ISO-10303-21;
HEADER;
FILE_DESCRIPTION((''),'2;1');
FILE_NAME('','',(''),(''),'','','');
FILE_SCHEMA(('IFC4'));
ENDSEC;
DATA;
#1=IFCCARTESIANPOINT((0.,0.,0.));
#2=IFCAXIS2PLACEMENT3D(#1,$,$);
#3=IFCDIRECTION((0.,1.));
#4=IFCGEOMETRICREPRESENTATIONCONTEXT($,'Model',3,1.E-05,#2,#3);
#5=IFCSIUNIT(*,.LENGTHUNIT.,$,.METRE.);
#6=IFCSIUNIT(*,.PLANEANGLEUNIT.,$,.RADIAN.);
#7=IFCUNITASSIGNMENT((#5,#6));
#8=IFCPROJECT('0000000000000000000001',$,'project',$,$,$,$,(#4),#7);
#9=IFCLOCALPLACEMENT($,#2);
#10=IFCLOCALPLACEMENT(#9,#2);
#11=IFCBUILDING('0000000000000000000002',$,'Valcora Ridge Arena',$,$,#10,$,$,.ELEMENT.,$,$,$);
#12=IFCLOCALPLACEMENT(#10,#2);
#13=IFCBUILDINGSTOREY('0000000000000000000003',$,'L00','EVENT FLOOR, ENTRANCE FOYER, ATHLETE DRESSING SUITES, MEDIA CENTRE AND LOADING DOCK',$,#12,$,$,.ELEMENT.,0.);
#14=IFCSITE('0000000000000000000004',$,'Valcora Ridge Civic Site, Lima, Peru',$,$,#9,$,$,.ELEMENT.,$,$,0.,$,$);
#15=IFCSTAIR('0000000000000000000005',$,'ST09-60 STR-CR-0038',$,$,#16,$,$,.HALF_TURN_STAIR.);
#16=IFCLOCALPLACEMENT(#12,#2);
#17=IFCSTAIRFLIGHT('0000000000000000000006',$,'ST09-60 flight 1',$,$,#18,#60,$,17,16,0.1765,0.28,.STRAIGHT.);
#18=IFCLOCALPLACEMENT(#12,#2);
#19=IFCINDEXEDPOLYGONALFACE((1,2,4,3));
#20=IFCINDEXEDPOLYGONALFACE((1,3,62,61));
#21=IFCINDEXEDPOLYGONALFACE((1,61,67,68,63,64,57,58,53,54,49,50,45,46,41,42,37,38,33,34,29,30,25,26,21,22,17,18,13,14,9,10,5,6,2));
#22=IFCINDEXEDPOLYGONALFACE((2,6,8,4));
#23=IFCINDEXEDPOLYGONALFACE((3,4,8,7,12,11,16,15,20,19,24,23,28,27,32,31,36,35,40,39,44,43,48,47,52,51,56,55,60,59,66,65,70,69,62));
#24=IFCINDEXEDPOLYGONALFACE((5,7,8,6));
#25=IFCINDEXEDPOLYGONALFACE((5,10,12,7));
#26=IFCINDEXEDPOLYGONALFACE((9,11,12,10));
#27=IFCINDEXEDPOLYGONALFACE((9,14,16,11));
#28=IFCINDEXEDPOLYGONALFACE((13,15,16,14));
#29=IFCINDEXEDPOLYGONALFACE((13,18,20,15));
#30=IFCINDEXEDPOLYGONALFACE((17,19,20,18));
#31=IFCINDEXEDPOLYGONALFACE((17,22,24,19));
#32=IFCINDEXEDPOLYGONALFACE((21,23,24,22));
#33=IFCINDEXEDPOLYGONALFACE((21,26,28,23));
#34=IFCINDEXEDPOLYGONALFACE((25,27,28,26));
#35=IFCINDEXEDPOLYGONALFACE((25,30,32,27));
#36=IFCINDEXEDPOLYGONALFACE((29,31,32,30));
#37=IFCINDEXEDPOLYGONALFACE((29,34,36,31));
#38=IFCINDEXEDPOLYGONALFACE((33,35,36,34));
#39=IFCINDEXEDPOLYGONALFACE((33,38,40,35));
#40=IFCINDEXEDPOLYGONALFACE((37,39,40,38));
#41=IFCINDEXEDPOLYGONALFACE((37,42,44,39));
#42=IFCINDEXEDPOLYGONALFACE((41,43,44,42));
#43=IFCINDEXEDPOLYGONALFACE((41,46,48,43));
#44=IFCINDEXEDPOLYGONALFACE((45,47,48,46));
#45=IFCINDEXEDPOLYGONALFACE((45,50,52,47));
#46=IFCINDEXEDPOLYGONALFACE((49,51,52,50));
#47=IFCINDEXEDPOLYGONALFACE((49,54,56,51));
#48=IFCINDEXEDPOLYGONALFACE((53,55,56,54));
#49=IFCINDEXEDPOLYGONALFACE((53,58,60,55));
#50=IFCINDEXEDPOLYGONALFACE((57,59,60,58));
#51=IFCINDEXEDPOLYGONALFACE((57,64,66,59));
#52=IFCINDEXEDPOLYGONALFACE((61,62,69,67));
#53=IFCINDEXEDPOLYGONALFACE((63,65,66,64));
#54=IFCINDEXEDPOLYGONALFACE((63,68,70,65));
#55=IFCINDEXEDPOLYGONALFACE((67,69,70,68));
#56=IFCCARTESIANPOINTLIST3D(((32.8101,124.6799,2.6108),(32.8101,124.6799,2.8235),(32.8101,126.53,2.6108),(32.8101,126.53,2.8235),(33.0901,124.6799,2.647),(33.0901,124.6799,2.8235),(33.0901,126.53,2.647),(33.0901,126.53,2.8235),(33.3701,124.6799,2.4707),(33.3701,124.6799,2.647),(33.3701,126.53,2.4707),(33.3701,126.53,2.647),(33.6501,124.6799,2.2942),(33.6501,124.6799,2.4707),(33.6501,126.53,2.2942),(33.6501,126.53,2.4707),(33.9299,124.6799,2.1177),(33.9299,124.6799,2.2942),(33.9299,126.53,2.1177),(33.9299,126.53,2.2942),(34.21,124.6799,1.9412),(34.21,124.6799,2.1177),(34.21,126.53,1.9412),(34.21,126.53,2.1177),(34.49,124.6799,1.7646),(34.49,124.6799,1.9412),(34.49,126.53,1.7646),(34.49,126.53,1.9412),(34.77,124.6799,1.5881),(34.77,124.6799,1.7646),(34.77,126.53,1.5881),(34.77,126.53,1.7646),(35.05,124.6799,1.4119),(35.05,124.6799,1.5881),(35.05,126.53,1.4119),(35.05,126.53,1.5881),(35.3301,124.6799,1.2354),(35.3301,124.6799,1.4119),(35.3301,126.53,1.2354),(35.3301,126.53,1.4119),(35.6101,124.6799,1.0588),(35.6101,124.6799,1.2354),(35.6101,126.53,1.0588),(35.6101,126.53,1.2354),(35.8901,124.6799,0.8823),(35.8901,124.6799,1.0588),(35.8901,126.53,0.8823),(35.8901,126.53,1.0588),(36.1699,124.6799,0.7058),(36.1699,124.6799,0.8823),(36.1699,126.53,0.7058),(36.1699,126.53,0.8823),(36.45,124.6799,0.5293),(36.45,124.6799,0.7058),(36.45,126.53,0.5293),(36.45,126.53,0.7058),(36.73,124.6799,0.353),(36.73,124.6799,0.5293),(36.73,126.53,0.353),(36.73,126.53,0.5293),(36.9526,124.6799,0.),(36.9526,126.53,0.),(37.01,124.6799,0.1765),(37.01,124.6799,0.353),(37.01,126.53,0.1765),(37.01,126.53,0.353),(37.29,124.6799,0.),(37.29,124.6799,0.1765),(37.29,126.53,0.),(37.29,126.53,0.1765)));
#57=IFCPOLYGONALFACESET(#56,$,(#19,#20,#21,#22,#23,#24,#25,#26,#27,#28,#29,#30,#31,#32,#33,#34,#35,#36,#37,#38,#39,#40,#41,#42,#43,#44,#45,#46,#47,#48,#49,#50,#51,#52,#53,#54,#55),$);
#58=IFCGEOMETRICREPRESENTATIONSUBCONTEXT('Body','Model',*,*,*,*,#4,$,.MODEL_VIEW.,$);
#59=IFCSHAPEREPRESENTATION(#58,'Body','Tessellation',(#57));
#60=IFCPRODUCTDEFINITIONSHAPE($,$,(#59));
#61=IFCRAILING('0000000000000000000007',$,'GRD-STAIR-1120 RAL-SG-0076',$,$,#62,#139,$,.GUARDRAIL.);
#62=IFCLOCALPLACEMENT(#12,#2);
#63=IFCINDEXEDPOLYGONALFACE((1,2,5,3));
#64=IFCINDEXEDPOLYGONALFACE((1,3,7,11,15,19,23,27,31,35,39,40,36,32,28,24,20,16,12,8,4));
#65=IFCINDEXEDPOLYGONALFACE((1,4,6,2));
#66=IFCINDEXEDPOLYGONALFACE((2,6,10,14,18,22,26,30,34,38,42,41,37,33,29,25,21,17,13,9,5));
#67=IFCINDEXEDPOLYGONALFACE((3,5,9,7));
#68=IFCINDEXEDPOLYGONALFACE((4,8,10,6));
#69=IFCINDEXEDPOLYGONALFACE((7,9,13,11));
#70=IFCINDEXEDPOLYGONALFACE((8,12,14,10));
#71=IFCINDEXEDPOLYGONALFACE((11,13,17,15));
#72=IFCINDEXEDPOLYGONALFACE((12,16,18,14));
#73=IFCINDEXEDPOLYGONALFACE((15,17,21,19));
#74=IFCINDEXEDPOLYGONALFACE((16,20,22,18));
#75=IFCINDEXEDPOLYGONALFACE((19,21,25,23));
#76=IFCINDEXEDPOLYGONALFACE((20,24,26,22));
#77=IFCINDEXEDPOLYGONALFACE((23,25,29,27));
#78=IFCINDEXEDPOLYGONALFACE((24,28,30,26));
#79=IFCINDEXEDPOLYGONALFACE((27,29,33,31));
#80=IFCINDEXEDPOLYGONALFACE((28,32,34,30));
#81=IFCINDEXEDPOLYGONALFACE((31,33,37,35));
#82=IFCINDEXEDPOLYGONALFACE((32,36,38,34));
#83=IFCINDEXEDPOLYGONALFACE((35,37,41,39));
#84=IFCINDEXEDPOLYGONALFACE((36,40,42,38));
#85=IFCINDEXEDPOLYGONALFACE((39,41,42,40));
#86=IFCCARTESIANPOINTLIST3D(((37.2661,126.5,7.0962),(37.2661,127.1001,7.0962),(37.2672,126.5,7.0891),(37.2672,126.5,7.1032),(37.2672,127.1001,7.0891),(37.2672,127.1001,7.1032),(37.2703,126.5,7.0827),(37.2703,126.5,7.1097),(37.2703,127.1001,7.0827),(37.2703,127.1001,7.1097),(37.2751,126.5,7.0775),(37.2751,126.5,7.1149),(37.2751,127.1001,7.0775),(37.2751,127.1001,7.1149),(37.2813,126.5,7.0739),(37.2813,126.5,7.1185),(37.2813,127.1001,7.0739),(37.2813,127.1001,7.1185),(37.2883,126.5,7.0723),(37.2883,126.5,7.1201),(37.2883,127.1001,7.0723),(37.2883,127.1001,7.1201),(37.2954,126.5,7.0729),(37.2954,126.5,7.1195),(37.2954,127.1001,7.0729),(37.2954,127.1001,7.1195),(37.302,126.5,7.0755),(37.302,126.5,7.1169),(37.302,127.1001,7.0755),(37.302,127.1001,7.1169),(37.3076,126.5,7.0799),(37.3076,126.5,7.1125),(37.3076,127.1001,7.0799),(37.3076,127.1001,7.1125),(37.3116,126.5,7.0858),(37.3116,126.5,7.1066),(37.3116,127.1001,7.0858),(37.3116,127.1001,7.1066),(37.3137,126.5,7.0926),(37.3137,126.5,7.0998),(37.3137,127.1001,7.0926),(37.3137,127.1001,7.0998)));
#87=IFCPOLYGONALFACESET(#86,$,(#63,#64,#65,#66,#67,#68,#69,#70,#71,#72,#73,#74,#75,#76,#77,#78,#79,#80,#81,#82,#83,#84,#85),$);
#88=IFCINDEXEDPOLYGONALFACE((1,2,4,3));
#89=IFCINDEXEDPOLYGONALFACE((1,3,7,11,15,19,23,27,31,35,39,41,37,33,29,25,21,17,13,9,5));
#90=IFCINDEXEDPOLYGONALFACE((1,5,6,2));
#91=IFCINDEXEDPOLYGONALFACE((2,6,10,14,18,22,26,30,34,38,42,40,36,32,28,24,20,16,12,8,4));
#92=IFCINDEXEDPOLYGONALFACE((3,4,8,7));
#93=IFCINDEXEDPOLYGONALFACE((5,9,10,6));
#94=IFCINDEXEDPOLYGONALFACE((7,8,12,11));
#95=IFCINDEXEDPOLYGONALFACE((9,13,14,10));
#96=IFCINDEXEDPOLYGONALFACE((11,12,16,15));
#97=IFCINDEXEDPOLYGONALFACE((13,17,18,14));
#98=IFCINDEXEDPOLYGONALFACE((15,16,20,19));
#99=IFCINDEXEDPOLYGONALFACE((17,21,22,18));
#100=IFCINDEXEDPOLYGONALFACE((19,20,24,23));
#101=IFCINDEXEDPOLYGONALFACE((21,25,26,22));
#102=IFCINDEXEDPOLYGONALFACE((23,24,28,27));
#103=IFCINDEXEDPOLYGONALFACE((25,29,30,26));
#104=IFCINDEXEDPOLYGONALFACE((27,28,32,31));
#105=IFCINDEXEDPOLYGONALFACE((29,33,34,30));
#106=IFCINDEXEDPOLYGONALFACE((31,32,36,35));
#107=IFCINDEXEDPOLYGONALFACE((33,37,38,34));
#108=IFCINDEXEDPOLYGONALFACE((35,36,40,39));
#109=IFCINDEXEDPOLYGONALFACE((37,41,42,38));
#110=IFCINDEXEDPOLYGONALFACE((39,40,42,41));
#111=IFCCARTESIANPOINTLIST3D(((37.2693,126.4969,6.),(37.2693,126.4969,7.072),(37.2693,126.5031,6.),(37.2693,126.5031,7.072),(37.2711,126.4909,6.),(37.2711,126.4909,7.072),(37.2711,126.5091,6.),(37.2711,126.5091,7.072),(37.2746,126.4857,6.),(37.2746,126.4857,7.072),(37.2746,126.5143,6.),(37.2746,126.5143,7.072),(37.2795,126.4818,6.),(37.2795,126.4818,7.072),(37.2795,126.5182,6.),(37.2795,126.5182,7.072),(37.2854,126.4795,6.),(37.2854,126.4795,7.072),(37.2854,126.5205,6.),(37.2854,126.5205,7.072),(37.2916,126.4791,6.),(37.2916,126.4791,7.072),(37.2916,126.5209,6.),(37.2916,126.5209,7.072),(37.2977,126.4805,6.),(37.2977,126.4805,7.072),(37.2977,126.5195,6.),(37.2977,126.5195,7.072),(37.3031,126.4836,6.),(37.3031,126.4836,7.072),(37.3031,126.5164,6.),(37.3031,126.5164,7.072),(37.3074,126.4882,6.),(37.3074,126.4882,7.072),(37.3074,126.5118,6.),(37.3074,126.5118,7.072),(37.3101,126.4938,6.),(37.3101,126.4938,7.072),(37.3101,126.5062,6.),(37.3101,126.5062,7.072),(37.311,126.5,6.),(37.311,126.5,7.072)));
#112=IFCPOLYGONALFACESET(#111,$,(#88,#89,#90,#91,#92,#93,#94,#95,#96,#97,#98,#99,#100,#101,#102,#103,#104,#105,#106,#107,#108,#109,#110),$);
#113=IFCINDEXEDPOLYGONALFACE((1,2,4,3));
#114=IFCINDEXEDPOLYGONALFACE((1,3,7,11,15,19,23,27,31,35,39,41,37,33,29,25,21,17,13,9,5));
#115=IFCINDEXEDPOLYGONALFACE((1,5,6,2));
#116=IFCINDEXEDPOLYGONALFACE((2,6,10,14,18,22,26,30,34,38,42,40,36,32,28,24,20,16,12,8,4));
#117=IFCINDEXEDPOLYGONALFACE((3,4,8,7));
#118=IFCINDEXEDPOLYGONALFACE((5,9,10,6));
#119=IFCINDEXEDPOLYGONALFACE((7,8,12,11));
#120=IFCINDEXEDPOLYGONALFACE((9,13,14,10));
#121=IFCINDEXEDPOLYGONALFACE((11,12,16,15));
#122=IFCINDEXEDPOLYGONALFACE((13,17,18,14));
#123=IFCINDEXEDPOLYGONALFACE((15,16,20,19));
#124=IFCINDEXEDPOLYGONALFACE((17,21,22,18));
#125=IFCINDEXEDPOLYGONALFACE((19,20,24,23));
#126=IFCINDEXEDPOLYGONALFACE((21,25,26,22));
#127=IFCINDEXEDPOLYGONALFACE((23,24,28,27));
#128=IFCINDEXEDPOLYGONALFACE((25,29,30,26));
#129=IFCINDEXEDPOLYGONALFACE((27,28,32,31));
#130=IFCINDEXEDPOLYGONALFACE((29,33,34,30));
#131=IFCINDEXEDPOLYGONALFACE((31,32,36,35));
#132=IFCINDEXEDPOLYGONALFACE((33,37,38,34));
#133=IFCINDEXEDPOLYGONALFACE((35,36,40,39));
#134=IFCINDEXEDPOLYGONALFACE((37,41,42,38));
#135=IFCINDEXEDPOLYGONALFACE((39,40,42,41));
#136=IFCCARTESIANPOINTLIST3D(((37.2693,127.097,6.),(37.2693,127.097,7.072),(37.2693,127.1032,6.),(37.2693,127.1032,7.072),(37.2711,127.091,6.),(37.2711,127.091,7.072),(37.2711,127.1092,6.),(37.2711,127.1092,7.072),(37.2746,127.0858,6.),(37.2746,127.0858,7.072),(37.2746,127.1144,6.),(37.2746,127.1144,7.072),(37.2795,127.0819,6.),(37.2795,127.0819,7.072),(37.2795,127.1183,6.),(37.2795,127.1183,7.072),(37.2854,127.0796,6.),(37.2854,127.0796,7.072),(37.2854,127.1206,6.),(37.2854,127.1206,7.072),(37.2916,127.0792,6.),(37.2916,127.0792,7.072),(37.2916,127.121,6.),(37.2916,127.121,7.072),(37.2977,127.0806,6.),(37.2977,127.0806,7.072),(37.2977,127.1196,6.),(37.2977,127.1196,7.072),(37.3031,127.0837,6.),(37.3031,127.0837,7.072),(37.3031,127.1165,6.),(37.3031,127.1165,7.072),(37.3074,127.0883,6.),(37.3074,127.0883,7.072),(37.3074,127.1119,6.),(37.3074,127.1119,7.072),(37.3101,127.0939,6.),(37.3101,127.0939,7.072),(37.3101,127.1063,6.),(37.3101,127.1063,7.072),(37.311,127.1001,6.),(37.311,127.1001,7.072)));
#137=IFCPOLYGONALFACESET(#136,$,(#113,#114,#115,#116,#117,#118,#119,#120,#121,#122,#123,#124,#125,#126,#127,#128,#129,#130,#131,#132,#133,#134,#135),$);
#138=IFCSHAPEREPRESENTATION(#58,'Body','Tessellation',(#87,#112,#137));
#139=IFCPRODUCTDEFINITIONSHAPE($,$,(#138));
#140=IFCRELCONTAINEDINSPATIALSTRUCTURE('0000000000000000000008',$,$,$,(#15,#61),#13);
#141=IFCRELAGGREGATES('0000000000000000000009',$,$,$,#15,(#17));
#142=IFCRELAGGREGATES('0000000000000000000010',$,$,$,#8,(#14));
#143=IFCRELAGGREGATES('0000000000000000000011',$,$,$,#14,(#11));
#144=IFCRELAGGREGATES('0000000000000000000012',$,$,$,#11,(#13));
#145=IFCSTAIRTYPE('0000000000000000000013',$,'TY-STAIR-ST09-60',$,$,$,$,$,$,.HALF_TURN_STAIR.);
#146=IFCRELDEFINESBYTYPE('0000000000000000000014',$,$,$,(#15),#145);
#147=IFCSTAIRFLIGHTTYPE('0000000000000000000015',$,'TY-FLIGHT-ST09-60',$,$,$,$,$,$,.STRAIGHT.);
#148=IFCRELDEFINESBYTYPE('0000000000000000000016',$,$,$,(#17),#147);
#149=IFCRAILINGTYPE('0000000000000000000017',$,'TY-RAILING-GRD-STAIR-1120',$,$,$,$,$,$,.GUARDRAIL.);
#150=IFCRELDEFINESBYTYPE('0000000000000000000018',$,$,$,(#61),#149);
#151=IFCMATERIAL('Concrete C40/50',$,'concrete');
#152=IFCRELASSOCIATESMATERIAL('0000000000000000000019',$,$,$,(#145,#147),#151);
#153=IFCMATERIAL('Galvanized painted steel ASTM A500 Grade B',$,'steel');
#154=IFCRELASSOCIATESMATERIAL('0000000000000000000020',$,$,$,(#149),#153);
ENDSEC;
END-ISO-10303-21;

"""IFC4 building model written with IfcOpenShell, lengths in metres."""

from ifc_helpers import new_model, si_unit, direction, frame, origin, origin_2d, place, context, subcontext, project, spatial, polyline, circle, outline, extrude, material, type_object, element, aggregate, save


model = new_model("IFC4")

# Units and contexts
model_context = context("Model", 3, precision=1e-05, world=origin(), true_north=direction((0.0, 1.0)))
body_context = subcontext(model_context, "Body", "Model", "MODEL_VIEW")
ifc_project = project(units=[si_unit("LENGTHUNIT", "METRE"), si_unit("PLANEANGLEUNIT", "RADIAN")], contexts=[model_context])

# Site, building, storey
site_placement = place(None, origin())
site = spatial("IfcSite", under=ifc_project, at=site_placement, Name="Valcora Ridge Civic Site, Lima, Peru", CompositionType="ELEMENT", RefElevation=0.0)
building_placement = place(site_placement, origin())
building = spatial("IfcBuilding", under=site, at=building_placement, Name="Valcora Ridge Arena", CompositionType="ELEMENT")
storey_placement = place(building_placement, origin())
storey = spatial("IfcBuildingStorey", under=building, at=storey_placement, Name="L00", Description="EVENT FLOOR, ENTRANCE FOYER, ATHLETE DRESSING SUITES, MEDIA CENTRE AND LOADING DOCK", CompositionType="ELEMENT", Elevation=0.0)

# Shared definitions
ifc_material_1 = material(Name="Concrete C40/50", Category="concrete")

# Stair, stair flight
stair_type = type_object("IfcStairType", Name="TY-STAIR-ST09-60", PredefinedType="HALF_TURN_STAIR", material=ifc_material_1)
stair_placement = place(storey_placement, origin())
stair = element("IfcStair", 1, at=stair_placement, inside=storey, type_object=stair_type, Name="ST09-60 STR-CR-0038", PredefinedType="HALF_TURN_STAIR")
stair_flight_type = type_object("IfcStairFlightType", Name="TY-FLIGHT-ST09-60", PredefinedType="STRAIGHT", material=ifc_material_1)
stair_flight_placement = place(storey_placement, frame((37.29, 125.605, 0.0), z_axis=(0.0, 0.0, 1.0), x_axis=(-1.0, 0.0, 0.0)))
stair_flight = element("IfcStairFlight", 2, at=stair_flight_placement, type_object=stair_flight_type, Name="ST09-60 flight 1", NumberOfRisers=17, NumberOfTreads=16, PredefinedType="STRAIGHT", RiserHeight=0.1765, TreadLength=0.28, context=body_context, shape_type="SweptSolid", body=[
    extrude(outline(polyline([(0.0, 0.0), (0.0, 0.1765), (0.28, 0.1765), (0.28, 0.353), (0.5601, 0.353), (0.5601, 0.5293), (0.8401, 0.5293), (0.8401, 0.7058), (1.1201, 0.7058), (1.1201, 0.8823), (1.3999, 0.8823), (1.3999, 1.0588), (1.6799, 1.0588), (1.6799, 1.2354), (1.96, 1.2354), (1.96, 1.4119), (2.24, 1.4119), (2.24, 1.5881), (2.52, 1.5881), (2.52, 1.7646), (2.8, 1.7646), (2.8, 1.9412), (3.0801, 1.9412), (3.0801, 2.1177), (3.3601, 2.1177), (3.3601, 2.2942), (3.6399, 2.2942), (3.6399, 2.4707), (3.9199, 2.4707), (3.9199, 2.647), (4.2, 2.647), (4.2, 2.8235), (4.48, 2.8235), (4.48, 3.0), (4.48, 2.6108), (0.3374, 0.0), (0.0, 0.0)])), frame((0.0, 0.925, 0.0), z_axis=(0.0, -1.0, 0.0), x_axis=(1.0, 0.0, 0.0)), (0.0, 0.0, 1.0), 1.8501),
])
aggregate(stair, [stair_flight])

# Railing
ifc_material_2 = material(Name="Galvanized painted steel ASTM A500 Grade B", Category="steel")
railing_type_1 = type_object("IfcRailingType", Name="TY-RAILING-GRD-STAIR-1120", PredefinedType="GUARDRAIL", material=ifc_material_2)
railing_1_placement = place(storey_placement, frame((37.29, 126.5, 6.0)))
element("IfcRailing", 3, at=railing_1_placement, inside=storey, type_object=railing_type_1, Name="GRD-STAIR-1120 RAL-SG-0076", PredefinedType="GUARDRAIL", context=body_context, shape_type="SweptSolid", body=[
    extrude(circle(Radius=0.0239, at=origin_2d()), frame((0.0, 0.0, 1.0962), z_axis=(0.0, 1.0, 0.0), x_axis=(-1.0, 0.0, 0.0)), (0.0, 0.0, 1.0), 0.6001),
    extrude(circle(Radius=0.021, at=origin_2d()), origin(), (0.0, 0.0, 1.0), 1.072),
    extrude(circle(Radius=0.021, at=origin_2d()), frame((0.0, 0.6001, 0.0)), (0.0, 0.0, 1.0), 1.072),
])

save(model, "model.ifc")
